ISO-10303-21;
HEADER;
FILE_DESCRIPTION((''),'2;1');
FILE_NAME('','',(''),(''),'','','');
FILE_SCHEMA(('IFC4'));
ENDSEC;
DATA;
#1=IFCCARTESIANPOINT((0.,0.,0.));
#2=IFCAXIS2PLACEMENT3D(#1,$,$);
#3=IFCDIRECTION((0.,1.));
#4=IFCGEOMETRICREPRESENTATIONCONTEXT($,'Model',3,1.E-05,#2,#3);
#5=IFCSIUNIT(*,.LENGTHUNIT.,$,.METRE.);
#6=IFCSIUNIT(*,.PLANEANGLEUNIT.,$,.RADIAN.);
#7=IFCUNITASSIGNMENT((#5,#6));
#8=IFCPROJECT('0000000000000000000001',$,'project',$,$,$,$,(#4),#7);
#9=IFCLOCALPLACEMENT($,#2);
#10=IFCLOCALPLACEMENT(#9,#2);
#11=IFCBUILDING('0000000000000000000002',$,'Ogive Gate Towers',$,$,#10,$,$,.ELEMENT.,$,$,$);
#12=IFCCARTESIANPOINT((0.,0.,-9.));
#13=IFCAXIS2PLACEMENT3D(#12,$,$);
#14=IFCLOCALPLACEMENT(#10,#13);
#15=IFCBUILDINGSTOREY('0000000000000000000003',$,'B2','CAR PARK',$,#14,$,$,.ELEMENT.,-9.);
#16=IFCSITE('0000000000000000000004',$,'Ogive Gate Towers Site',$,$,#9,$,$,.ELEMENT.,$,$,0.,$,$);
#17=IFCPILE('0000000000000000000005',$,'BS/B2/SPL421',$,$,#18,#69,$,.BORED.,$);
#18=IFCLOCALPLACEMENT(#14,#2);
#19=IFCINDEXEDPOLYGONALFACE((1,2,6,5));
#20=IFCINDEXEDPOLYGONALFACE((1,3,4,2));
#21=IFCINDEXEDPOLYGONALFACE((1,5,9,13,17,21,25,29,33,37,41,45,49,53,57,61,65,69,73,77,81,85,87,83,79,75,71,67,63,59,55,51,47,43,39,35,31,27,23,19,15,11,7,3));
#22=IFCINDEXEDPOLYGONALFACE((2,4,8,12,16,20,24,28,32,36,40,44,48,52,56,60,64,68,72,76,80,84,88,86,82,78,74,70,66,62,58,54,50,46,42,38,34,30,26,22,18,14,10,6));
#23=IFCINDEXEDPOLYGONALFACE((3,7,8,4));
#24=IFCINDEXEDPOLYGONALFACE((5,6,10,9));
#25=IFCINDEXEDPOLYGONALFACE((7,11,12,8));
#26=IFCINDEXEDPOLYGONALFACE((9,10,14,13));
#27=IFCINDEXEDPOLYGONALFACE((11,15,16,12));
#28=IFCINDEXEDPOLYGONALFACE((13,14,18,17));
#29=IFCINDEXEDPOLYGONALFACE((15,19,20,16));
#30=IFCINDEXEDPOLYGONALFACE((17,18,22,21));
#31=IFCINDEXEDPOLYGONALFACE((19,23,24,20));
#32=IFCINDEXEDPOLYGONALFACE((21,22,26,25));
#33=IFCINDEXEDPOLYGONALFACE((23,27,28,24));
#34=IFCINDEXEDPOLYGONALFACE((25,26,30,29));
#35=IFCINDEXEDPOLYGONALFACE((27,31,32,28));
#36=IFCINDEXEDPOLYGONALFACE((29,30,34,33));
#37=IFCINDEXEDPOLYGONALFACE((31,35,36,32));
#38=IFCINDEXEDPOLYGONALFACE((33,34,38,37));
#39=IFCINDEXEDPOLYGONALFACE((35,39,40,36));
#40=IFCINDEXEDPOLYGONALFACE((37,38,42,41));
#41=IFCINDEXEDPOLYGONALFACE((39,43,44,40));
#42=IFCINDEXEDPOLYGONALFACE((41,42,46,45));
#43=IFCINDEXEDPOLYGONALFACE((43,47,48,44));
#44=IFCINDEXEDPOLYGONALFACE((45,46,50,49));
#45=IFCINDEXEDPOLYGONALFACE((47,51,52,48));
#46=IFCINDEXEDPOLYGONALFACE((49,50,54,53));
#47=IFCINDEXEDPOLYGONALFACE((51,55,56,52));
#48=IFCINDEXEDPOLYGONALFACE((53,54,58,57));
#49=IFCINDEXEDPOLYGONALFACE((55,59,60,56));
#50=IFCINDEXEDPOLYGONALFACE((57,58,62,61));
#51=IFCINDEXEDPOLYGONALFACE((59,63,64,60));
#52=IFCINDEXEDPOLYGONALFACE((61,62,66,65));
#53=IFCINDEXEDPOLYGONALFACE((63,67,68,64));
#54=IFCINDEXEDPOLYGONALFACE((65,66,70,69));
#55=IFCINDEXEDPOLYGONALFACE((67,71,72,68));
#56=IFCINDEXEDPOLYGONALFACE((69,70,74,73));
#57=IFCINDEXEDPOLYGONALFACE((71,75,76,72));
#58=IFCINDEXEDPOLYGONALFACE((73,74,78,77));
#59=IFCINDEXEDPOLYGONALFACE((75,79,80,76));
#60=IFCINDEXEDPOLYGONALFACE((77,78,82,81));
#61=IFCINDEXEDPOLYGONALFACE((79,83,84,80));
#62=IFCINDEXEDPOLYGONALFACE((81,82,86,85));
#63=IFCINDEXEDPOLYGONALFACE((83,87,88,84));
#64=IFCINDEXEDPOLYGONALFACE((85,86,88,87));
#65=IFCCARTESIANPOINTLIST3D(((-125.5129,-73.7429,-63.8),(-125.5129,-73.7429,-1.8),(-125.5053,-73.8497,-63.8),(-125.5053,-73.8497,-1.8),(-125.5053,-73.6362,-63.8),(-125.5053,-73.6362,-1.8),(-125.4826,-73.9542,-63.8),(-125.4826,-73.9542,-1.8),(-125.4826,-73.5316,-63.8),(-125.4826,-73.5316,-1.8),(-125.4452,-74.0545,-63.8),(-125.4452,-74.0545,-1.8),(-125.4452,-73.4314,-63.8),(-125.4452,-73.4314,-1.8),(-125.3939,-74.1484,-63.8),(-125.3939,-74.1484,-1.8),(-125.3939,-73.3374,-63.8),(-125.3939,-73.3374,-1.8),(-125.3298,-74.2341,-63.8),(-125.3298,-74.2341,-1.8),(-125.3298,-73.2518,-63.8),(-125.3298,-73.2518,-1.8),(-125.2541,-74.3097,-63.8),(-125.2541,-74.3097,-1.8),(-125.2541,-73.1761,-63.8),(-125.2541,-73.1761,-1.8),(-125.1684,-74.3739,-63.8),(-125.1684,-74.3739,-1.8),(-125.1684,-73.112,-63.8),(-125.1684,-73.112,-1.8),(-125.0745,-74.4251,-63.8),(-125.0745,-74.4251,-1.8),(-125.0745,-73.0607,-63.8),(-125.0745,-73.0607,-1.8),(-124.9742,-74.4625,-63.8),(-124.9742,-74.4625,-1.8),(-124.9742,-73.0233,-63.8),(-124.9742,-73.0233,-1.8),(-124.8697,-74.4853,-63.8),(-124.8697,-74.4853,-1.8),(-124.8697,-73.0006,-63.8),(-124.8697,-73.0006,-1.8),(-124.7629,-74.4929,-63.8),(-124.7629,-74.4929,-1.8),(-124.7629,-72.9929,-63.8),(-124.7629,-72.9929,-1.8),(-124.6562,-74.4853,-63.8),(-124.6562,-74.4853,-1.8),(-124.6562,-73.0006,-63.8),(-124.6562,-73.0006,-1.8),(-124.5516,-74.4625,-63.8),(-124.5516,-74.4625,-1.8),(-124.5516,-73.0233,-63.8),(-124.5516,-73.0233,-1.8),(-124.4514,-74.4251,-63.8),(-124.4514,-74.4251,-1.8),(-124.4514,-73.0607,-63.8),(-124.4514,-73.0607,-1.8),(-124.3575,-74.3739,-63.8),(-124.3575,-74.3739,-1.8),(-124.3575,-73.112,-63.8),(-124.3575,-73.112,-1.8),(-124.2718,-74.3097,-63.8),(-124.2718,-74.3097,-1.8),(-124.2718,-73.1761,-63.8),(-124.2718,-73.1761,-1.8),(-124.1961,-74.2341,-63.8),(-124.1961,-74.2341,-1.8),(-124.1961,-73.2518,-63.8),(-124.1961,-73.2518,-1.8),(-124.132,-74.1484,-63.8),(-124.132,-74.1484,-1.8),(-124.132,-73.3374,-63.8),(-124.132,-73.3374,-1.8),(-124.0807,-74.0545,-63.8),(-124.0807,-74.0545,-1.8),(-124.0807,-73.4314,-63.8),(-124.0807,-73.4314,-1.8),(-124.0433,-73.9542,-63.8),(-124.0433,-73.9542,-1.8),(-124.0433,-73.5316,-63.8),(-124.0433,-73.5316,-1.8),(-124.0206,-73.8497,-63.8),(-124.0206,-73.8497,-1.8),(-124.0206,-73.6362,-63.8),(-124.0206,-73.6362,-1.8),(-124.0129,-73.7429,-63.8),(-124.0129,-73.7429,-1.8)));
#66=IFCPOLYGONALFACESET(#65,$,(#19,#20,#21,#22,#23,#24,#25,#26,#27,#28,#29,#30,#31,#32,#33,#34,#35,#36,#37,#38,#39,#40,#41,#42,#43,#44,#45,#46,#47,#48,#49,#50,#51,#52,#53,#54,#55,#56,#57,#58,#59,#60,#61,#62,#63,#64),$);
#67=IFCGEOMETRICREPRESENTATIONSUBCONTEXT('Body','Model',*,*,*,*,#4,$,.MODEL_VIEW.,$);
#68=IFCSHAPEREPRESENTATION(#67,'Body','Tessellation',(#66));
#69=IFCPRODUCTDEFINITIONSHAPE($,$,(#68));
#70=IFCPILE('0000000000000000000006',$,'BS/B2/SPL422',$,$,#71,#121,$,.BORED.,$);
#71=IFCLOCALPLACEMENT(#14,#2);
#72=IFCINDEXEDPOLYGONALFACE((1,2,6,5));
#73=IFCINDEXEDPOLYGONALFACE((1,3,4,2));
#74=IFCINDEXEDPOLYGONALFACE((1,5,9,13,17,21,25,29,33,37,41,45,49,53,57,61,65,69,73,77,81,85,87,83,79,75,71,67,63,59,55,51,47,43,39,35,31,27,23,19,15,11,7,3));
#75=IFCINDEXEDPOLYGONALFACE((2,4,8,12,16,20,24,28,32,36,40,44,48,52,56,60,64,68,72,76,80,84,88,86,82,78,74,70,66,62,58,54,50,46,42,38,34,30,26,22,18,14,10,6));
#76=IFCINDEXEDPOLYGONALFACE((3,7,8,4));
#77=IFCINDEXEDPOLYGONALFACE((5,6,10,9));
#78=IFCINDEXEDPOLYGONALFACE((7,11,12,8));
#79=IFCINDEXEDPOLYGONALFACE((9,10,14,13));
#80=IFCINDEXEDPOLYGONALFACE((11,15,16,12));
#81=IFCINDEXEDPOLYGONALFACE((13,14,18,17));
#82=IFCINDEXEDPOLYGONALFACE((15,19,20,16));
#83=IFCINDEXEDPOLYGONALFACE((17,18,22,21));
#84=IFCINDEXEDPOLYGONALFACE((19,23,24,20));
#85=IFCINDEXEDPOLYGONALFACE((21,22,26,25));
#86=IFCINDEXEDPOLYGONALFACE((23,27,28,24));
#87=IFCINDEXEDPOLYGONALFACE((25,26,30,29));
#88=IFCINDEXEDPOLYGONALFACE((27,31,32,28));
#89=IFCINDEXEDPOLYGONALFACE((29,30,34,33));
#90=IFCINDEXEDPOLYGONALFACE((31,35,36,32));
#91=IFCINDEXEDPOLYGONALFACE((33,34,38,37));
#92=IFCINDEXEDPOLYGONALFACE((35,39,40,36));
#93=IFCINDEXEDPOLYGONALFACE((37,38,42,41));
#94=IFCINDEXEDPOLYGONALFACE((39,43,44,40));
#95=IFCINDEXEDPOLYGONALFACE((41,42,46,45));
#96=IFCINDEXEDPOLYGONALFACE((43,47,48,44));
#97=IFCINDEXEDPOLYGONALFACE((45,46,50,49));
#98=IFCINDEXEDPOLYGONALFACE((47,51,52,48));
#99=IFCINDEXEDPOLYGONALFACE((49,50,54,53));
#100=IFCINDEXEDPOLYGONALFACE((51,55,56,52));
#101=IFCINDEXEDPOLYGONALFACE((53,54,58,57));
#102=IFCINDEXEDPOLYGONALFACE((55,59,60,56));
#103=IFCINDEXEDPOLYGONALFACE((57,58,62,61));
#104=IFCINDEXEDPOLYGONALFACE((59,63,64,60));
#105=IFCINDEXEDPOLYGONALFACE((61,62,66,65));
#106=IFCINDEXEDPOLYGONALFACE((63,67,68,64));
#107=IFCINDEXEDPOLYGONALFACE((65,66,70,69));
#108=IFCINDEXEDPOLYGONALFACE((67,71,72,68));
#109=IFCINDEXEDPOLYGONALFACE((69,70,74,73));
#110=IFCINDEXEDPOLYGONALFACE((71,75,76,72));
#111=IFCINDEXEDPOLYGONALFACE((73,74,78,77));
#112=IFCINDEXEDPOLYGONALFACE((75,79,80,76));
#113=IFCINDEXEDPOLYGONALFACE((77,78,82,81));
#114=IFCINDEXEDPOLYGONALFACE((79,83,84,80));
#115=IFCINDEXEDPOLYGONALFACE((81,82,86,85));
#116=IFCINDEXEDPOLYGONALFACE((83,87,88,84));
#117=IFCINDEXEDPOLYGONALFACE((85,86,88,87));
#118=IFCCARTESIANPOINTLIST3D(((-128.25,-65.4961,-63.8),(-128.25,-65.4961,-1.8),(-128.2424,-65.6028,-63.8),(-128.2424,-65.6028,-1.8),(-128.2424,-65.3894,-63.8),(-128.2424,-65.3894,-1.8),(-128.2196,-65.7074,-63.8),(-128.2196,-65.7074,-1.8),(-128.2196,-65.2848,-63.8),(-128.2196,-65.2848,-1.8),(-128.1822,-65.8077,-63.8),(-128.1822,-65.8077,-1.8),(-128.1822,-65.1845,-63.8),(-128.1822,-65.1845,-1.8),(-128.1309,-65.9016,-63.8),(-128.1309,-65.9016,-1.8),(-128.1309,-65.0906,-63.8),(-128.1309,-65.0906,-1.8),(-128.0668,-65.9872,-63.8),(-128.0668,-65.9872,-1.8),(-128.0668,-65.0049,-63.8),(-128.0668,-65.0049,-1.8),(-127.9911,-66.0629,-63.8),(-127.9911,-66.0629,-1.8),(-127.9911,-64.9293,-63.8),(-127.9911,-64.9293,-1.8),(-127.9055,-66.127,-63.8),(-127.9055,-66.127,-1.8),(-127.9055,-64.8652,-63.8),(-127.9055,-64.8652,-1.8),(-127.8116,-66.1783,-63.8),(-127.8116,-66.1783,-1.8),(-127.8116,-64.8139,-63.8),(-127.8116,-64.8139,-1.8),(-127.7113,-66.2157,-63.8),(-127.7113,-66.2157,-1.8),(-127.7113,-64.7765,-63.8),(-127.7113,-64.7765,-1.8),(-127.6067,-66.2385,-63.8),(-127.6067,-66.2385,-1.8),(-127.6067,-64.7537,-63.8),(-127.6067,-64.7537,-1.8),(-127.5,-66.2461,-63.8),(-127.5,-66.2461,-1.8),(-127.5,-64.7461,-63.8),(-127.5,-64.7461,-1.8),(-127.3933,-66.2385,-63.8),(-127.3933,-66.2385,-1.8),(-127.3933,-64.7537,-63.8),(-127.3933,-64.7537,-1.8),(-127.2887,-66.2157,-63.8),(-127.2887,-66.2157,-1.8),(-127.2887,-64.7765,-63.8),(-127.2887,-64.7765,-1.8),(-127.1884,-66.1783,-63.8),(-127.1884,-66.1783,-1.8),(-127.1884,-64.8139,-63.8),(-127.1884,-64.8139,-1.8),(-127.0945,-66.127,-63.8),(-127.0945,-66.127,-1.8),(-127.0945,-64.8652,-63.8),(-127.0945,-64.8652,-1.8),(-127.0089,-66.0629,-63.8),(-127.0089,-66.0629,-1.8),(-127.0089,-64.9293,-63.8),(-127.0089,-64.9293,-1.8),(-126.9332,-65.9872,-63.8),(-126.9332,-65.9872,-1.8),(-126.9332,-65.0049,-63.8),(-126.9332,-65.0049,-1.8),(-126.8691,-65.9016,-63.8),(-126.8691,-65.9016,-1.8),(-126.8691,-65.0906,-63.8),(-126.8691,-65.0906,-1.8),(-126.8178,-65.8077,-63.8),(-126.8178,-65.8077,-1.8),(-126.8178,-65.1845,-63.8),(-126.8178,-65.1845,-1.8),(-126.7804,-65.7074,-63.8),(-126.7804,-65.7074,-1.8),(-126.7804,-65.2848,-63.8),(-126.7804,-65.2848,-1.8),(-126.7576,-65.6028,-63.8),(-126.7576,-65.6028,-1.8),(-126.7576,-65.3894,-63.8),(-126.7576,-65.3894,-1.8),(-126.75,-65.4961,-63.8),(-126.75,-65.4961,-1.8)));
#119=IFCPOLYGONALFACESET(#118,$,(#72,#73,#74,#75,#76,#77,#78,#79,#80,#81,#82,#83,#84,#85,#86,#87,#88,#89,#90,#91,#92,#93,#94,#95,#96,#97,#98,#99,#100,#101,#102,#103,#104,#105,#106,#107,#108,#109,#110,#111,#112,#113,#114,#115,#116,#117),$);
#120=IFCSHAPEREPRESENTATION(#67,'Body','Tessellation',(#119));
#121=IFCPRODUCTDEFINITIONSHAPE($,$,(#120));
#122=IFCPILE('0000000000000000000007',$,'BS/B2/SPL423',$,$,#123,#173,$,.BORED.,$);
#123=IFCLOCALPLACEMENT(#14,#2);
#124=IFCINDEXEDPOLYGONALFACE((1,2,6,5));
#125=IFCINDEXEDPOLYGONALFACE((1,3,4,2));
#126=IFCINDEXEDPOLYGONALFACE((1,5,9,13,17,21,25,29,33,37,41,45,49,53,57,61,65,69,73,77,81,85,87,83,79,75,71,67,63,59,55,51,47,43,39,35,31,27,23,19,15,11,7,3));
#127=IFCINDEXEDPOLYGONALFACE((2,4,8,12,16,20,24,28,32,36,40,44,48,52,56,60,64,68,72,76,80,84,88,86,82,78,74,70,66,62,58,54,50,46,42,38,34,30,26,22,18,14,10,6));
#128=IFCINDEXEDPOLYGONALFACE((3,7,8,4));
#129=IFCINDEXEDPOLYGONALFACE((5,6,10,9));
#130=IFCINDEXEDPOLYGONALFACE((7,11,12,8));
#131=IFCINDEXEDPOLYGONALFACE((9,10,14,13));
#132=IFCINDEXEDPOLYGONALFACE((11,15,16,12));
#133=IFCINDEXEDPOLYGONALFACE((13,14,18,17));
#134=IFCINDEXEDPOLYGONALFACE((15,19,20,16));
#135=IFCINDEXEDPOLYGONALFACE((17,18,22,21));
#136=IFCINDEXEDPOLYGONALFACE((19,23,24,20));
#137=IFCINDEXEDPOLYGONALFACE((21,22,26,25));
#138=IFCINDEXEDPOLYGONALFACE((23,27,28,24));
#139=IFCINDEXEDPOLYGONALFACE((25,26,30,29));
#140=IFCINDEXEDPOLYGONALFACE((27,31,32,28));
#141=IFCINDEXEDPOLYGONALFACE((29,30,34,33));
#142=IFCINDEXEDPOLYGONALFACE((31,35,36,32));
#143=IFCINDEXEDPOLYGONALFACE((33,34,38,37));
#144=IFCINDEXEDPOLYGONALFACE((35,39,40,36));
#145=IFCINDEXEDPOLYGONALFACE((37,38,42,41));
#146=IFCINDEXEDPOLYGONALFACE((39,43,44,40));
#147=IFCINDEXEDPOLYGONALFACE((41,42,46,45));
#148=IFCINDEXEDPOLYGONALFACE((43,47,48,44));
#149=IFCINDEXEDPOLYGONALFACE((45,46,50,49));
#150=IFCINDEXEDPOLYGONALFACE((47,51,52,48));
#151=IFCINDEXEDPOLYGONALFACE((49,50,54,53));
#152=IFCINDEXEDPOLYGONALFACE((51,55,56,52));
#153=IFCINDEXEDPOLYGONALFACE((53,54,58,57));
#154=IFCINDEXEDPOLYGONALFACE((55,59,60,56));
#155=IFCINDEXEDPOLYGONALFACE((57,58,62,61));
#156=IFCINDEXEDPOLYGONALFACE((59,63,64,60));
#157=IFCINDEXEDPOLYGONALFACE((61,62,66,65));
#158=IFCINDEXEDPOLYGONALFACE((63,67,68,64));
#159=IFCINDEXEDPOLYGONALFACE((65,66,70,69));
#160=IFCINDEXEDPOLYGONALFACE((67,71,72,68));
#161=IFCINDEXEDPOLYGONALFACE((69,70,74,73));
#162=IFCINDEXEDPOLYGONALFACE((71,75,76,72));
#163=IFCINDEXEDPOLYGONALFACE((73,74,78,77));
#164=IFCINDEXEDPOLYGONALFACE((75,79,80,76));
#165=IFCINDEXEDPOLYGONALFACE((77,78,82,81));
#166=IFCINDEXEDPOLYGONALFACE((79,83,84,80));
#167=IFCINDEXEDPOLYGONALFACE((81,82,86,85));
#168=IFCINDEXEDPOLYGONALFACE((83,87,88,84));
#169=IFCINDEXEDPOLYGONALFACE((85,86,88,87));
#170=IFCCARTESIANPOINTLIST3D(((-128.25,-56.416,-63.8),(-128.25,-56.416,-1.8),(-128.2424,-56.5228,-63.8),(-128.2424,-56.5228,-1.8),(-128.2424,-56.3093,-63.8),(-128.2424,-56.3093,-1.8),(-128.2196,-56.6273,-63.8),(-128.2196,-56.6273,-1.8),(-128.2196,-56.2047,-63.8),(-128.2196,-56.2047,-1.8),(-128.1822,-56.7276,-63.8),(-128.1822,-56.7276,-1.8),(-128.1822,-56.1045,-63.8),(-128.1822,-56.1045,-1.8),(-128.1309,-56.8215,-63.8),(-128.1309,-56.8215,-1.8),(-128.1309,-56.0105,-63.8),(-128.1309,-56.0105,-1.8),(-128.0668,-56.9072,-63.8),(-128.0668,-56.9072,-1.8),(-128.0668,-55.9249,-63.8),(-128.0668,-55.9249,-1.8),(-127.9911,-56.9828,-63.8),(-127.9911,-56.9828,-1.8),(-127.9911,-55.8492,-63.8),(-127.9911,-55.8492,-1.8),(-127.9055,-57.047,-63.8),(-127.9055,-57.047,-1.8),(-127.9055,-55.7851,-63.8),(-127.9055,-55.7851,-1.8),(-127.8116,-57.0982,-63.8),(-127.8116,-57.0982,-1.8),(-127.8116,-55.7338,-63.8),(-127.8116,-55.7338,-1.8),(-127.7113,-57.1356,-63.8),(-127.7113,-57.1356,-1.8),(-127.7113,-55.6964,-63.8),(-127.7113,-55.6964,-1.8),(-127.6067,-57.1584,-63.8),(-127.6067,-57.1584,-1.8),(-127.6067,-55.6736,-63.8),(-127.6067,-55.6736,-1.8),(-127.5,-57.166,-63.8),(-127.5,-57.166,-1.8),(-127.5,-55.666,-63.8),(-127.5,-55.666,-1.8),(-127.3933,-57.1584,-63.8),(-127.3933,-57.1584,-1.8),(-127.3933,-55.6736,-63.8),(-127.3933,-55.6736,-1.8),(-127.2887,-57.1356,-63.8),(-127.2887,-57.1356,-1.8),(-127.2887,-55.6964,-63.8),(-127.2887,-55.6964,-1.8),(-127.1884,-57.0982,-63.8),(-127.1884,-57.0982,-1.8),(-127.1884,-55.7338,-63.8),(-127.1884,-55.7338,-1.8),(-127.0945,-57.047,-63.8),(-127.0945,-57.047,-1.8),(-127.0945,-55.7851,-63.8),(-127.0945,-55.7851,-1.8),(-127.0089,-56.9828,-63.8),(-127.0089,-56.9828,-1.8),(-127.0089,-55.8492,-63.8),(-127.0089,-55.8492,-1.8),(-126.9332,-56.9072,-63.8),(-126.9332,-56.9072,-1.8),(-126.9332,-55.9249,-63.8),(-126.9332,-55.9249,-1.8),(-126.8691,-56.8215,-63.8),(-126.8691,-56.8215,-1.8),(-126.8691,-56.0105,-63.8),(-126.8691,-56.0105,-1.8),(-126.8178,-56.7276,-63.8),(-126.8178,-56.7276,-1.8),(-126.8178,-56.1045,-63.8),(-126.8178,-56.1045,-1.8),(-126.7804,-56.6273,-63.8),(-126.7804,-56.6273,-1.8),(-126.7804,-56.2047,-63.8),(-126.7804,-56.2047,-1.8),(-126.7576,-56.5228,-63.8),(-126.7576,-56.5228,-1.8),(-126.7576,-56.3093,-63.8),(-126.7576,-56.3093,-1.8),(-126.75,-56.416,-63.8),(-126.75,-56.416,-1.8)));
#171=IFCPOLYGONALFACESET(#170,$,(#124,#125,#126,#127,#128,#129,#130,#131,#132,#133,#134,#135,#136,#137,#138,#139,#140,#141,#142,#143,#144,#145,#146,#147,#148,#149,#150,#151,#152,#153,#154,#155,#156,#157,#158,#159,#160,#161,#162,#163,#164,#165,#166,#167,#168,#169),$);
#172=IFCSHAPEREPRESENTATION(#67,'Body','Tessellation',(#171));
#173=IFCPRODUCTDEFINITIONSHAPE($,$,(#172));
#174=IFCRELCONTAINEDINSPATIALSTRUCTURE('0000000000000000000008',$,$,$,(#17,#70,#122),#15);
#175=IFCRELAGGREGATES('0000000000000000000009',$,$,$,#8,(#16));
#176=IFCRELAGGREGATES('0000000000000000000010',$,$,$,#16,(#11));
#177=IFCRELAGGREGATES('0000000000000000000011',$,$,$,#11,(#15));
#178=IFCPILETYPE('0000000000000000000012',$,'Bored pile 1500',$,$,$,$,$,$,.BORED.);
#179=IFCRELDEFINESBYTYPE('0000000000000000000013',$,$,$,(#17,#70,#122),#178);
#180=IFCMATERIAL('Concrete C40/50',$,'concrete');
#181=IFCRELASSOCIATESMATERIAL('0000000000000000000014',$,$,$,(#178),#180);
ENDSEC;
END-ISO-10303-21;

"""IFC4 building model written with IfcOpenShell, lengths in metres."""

from ifc_helpers import new_model, si_unit, direction, frame, origin, origin_2d, place, context, subcontext, project, spatial, circle, extrude, material, material_profile, profile_set, type_object, element, save


model = new_model("IFC4")

# Units and contexts
model_context = context("Model", 3, precision=1e-05, world=origin(), true_north=direction((0.0, 1.0)))
body_context = subcontext(model_context, "Body", "Model", "MODEL_VIEW")
ifc_project = project(units=[si_unit("LENGTHUNIT", "METRE"), si_unit("PLANEANGLEUNIT", "RADIAN")], contexts=[model_context])

# Site, building, storey
site_placement = place(None, origin())
site = spatial("IfcSite", under=ifc_project, at=site_placement, Name="Ogive Gate Towers Site", CompositionType="ELEMENT", RefElevation=0.0)
building_placement = place(site_placement, origin())
building = spatial("IfcBuilding", under=site, at=building_placement, Name="Ogive Gate Towers", CompositionType="ELEMENT")
storey_placement = place(building_placement, frame((0.0, 0.0, -9.0)))
storey = spatial("IfcBuildingStorey", under=building, at=storey_placement, Name="B2", Description="CAR PARK", CompositionType="ELEMENT", Elevation=-9.0)

# Piles
ifc_material_1 = material(Name="Concrete C40/50", Category="concrete")
ifc_material_profile_1 = material_profile(ifc_material_1, circle(Radius=0.75, at=origin_2d()), Name="BP 1500")
ifc_profile_set_1 = profile_set([ifc_material_profile_1], Name="Concrete C40/50")
pile_type = type_object("IfcPileType", Name="Bored pile 1500", PredefinedType="BORED", material=ifc_profile_set_1)
for number, where, z_axis, x_axis, name in (
    (1, (-124.7629, -73.7429, -1.8), (0.0, 0.0, -1.0), (1.0, 0.0, 0.0), "BS/B2/SPL421"),
    (2, (-127.5, -65.4961, -1.8), (0.0, 0.0, -1.0), (1.0, 0.0, 0.0), "BS/B2/SPL422"),
    (3, (-127.5, -56.416, -1.8), (0.0, 0.0, -1.0), (1.0, 0.0, 0.0), "BS/B2/SPL423"),
):
    element("IfcPile", number, at=place(storey_placement, frame(where, z_axis=z_axis, x_axis=x_axis)), inside=storey, type_object=pile_type, Name=name, PredefinedType="BORED", context=body_context, shape_type="SweptSolid", body=[
        extrude(circle(Radius=0.75, at=origin_2d()), origin(), (0.0, 0.0, 1.0), 62.0),
    ])

save(model, "model.ifc")
